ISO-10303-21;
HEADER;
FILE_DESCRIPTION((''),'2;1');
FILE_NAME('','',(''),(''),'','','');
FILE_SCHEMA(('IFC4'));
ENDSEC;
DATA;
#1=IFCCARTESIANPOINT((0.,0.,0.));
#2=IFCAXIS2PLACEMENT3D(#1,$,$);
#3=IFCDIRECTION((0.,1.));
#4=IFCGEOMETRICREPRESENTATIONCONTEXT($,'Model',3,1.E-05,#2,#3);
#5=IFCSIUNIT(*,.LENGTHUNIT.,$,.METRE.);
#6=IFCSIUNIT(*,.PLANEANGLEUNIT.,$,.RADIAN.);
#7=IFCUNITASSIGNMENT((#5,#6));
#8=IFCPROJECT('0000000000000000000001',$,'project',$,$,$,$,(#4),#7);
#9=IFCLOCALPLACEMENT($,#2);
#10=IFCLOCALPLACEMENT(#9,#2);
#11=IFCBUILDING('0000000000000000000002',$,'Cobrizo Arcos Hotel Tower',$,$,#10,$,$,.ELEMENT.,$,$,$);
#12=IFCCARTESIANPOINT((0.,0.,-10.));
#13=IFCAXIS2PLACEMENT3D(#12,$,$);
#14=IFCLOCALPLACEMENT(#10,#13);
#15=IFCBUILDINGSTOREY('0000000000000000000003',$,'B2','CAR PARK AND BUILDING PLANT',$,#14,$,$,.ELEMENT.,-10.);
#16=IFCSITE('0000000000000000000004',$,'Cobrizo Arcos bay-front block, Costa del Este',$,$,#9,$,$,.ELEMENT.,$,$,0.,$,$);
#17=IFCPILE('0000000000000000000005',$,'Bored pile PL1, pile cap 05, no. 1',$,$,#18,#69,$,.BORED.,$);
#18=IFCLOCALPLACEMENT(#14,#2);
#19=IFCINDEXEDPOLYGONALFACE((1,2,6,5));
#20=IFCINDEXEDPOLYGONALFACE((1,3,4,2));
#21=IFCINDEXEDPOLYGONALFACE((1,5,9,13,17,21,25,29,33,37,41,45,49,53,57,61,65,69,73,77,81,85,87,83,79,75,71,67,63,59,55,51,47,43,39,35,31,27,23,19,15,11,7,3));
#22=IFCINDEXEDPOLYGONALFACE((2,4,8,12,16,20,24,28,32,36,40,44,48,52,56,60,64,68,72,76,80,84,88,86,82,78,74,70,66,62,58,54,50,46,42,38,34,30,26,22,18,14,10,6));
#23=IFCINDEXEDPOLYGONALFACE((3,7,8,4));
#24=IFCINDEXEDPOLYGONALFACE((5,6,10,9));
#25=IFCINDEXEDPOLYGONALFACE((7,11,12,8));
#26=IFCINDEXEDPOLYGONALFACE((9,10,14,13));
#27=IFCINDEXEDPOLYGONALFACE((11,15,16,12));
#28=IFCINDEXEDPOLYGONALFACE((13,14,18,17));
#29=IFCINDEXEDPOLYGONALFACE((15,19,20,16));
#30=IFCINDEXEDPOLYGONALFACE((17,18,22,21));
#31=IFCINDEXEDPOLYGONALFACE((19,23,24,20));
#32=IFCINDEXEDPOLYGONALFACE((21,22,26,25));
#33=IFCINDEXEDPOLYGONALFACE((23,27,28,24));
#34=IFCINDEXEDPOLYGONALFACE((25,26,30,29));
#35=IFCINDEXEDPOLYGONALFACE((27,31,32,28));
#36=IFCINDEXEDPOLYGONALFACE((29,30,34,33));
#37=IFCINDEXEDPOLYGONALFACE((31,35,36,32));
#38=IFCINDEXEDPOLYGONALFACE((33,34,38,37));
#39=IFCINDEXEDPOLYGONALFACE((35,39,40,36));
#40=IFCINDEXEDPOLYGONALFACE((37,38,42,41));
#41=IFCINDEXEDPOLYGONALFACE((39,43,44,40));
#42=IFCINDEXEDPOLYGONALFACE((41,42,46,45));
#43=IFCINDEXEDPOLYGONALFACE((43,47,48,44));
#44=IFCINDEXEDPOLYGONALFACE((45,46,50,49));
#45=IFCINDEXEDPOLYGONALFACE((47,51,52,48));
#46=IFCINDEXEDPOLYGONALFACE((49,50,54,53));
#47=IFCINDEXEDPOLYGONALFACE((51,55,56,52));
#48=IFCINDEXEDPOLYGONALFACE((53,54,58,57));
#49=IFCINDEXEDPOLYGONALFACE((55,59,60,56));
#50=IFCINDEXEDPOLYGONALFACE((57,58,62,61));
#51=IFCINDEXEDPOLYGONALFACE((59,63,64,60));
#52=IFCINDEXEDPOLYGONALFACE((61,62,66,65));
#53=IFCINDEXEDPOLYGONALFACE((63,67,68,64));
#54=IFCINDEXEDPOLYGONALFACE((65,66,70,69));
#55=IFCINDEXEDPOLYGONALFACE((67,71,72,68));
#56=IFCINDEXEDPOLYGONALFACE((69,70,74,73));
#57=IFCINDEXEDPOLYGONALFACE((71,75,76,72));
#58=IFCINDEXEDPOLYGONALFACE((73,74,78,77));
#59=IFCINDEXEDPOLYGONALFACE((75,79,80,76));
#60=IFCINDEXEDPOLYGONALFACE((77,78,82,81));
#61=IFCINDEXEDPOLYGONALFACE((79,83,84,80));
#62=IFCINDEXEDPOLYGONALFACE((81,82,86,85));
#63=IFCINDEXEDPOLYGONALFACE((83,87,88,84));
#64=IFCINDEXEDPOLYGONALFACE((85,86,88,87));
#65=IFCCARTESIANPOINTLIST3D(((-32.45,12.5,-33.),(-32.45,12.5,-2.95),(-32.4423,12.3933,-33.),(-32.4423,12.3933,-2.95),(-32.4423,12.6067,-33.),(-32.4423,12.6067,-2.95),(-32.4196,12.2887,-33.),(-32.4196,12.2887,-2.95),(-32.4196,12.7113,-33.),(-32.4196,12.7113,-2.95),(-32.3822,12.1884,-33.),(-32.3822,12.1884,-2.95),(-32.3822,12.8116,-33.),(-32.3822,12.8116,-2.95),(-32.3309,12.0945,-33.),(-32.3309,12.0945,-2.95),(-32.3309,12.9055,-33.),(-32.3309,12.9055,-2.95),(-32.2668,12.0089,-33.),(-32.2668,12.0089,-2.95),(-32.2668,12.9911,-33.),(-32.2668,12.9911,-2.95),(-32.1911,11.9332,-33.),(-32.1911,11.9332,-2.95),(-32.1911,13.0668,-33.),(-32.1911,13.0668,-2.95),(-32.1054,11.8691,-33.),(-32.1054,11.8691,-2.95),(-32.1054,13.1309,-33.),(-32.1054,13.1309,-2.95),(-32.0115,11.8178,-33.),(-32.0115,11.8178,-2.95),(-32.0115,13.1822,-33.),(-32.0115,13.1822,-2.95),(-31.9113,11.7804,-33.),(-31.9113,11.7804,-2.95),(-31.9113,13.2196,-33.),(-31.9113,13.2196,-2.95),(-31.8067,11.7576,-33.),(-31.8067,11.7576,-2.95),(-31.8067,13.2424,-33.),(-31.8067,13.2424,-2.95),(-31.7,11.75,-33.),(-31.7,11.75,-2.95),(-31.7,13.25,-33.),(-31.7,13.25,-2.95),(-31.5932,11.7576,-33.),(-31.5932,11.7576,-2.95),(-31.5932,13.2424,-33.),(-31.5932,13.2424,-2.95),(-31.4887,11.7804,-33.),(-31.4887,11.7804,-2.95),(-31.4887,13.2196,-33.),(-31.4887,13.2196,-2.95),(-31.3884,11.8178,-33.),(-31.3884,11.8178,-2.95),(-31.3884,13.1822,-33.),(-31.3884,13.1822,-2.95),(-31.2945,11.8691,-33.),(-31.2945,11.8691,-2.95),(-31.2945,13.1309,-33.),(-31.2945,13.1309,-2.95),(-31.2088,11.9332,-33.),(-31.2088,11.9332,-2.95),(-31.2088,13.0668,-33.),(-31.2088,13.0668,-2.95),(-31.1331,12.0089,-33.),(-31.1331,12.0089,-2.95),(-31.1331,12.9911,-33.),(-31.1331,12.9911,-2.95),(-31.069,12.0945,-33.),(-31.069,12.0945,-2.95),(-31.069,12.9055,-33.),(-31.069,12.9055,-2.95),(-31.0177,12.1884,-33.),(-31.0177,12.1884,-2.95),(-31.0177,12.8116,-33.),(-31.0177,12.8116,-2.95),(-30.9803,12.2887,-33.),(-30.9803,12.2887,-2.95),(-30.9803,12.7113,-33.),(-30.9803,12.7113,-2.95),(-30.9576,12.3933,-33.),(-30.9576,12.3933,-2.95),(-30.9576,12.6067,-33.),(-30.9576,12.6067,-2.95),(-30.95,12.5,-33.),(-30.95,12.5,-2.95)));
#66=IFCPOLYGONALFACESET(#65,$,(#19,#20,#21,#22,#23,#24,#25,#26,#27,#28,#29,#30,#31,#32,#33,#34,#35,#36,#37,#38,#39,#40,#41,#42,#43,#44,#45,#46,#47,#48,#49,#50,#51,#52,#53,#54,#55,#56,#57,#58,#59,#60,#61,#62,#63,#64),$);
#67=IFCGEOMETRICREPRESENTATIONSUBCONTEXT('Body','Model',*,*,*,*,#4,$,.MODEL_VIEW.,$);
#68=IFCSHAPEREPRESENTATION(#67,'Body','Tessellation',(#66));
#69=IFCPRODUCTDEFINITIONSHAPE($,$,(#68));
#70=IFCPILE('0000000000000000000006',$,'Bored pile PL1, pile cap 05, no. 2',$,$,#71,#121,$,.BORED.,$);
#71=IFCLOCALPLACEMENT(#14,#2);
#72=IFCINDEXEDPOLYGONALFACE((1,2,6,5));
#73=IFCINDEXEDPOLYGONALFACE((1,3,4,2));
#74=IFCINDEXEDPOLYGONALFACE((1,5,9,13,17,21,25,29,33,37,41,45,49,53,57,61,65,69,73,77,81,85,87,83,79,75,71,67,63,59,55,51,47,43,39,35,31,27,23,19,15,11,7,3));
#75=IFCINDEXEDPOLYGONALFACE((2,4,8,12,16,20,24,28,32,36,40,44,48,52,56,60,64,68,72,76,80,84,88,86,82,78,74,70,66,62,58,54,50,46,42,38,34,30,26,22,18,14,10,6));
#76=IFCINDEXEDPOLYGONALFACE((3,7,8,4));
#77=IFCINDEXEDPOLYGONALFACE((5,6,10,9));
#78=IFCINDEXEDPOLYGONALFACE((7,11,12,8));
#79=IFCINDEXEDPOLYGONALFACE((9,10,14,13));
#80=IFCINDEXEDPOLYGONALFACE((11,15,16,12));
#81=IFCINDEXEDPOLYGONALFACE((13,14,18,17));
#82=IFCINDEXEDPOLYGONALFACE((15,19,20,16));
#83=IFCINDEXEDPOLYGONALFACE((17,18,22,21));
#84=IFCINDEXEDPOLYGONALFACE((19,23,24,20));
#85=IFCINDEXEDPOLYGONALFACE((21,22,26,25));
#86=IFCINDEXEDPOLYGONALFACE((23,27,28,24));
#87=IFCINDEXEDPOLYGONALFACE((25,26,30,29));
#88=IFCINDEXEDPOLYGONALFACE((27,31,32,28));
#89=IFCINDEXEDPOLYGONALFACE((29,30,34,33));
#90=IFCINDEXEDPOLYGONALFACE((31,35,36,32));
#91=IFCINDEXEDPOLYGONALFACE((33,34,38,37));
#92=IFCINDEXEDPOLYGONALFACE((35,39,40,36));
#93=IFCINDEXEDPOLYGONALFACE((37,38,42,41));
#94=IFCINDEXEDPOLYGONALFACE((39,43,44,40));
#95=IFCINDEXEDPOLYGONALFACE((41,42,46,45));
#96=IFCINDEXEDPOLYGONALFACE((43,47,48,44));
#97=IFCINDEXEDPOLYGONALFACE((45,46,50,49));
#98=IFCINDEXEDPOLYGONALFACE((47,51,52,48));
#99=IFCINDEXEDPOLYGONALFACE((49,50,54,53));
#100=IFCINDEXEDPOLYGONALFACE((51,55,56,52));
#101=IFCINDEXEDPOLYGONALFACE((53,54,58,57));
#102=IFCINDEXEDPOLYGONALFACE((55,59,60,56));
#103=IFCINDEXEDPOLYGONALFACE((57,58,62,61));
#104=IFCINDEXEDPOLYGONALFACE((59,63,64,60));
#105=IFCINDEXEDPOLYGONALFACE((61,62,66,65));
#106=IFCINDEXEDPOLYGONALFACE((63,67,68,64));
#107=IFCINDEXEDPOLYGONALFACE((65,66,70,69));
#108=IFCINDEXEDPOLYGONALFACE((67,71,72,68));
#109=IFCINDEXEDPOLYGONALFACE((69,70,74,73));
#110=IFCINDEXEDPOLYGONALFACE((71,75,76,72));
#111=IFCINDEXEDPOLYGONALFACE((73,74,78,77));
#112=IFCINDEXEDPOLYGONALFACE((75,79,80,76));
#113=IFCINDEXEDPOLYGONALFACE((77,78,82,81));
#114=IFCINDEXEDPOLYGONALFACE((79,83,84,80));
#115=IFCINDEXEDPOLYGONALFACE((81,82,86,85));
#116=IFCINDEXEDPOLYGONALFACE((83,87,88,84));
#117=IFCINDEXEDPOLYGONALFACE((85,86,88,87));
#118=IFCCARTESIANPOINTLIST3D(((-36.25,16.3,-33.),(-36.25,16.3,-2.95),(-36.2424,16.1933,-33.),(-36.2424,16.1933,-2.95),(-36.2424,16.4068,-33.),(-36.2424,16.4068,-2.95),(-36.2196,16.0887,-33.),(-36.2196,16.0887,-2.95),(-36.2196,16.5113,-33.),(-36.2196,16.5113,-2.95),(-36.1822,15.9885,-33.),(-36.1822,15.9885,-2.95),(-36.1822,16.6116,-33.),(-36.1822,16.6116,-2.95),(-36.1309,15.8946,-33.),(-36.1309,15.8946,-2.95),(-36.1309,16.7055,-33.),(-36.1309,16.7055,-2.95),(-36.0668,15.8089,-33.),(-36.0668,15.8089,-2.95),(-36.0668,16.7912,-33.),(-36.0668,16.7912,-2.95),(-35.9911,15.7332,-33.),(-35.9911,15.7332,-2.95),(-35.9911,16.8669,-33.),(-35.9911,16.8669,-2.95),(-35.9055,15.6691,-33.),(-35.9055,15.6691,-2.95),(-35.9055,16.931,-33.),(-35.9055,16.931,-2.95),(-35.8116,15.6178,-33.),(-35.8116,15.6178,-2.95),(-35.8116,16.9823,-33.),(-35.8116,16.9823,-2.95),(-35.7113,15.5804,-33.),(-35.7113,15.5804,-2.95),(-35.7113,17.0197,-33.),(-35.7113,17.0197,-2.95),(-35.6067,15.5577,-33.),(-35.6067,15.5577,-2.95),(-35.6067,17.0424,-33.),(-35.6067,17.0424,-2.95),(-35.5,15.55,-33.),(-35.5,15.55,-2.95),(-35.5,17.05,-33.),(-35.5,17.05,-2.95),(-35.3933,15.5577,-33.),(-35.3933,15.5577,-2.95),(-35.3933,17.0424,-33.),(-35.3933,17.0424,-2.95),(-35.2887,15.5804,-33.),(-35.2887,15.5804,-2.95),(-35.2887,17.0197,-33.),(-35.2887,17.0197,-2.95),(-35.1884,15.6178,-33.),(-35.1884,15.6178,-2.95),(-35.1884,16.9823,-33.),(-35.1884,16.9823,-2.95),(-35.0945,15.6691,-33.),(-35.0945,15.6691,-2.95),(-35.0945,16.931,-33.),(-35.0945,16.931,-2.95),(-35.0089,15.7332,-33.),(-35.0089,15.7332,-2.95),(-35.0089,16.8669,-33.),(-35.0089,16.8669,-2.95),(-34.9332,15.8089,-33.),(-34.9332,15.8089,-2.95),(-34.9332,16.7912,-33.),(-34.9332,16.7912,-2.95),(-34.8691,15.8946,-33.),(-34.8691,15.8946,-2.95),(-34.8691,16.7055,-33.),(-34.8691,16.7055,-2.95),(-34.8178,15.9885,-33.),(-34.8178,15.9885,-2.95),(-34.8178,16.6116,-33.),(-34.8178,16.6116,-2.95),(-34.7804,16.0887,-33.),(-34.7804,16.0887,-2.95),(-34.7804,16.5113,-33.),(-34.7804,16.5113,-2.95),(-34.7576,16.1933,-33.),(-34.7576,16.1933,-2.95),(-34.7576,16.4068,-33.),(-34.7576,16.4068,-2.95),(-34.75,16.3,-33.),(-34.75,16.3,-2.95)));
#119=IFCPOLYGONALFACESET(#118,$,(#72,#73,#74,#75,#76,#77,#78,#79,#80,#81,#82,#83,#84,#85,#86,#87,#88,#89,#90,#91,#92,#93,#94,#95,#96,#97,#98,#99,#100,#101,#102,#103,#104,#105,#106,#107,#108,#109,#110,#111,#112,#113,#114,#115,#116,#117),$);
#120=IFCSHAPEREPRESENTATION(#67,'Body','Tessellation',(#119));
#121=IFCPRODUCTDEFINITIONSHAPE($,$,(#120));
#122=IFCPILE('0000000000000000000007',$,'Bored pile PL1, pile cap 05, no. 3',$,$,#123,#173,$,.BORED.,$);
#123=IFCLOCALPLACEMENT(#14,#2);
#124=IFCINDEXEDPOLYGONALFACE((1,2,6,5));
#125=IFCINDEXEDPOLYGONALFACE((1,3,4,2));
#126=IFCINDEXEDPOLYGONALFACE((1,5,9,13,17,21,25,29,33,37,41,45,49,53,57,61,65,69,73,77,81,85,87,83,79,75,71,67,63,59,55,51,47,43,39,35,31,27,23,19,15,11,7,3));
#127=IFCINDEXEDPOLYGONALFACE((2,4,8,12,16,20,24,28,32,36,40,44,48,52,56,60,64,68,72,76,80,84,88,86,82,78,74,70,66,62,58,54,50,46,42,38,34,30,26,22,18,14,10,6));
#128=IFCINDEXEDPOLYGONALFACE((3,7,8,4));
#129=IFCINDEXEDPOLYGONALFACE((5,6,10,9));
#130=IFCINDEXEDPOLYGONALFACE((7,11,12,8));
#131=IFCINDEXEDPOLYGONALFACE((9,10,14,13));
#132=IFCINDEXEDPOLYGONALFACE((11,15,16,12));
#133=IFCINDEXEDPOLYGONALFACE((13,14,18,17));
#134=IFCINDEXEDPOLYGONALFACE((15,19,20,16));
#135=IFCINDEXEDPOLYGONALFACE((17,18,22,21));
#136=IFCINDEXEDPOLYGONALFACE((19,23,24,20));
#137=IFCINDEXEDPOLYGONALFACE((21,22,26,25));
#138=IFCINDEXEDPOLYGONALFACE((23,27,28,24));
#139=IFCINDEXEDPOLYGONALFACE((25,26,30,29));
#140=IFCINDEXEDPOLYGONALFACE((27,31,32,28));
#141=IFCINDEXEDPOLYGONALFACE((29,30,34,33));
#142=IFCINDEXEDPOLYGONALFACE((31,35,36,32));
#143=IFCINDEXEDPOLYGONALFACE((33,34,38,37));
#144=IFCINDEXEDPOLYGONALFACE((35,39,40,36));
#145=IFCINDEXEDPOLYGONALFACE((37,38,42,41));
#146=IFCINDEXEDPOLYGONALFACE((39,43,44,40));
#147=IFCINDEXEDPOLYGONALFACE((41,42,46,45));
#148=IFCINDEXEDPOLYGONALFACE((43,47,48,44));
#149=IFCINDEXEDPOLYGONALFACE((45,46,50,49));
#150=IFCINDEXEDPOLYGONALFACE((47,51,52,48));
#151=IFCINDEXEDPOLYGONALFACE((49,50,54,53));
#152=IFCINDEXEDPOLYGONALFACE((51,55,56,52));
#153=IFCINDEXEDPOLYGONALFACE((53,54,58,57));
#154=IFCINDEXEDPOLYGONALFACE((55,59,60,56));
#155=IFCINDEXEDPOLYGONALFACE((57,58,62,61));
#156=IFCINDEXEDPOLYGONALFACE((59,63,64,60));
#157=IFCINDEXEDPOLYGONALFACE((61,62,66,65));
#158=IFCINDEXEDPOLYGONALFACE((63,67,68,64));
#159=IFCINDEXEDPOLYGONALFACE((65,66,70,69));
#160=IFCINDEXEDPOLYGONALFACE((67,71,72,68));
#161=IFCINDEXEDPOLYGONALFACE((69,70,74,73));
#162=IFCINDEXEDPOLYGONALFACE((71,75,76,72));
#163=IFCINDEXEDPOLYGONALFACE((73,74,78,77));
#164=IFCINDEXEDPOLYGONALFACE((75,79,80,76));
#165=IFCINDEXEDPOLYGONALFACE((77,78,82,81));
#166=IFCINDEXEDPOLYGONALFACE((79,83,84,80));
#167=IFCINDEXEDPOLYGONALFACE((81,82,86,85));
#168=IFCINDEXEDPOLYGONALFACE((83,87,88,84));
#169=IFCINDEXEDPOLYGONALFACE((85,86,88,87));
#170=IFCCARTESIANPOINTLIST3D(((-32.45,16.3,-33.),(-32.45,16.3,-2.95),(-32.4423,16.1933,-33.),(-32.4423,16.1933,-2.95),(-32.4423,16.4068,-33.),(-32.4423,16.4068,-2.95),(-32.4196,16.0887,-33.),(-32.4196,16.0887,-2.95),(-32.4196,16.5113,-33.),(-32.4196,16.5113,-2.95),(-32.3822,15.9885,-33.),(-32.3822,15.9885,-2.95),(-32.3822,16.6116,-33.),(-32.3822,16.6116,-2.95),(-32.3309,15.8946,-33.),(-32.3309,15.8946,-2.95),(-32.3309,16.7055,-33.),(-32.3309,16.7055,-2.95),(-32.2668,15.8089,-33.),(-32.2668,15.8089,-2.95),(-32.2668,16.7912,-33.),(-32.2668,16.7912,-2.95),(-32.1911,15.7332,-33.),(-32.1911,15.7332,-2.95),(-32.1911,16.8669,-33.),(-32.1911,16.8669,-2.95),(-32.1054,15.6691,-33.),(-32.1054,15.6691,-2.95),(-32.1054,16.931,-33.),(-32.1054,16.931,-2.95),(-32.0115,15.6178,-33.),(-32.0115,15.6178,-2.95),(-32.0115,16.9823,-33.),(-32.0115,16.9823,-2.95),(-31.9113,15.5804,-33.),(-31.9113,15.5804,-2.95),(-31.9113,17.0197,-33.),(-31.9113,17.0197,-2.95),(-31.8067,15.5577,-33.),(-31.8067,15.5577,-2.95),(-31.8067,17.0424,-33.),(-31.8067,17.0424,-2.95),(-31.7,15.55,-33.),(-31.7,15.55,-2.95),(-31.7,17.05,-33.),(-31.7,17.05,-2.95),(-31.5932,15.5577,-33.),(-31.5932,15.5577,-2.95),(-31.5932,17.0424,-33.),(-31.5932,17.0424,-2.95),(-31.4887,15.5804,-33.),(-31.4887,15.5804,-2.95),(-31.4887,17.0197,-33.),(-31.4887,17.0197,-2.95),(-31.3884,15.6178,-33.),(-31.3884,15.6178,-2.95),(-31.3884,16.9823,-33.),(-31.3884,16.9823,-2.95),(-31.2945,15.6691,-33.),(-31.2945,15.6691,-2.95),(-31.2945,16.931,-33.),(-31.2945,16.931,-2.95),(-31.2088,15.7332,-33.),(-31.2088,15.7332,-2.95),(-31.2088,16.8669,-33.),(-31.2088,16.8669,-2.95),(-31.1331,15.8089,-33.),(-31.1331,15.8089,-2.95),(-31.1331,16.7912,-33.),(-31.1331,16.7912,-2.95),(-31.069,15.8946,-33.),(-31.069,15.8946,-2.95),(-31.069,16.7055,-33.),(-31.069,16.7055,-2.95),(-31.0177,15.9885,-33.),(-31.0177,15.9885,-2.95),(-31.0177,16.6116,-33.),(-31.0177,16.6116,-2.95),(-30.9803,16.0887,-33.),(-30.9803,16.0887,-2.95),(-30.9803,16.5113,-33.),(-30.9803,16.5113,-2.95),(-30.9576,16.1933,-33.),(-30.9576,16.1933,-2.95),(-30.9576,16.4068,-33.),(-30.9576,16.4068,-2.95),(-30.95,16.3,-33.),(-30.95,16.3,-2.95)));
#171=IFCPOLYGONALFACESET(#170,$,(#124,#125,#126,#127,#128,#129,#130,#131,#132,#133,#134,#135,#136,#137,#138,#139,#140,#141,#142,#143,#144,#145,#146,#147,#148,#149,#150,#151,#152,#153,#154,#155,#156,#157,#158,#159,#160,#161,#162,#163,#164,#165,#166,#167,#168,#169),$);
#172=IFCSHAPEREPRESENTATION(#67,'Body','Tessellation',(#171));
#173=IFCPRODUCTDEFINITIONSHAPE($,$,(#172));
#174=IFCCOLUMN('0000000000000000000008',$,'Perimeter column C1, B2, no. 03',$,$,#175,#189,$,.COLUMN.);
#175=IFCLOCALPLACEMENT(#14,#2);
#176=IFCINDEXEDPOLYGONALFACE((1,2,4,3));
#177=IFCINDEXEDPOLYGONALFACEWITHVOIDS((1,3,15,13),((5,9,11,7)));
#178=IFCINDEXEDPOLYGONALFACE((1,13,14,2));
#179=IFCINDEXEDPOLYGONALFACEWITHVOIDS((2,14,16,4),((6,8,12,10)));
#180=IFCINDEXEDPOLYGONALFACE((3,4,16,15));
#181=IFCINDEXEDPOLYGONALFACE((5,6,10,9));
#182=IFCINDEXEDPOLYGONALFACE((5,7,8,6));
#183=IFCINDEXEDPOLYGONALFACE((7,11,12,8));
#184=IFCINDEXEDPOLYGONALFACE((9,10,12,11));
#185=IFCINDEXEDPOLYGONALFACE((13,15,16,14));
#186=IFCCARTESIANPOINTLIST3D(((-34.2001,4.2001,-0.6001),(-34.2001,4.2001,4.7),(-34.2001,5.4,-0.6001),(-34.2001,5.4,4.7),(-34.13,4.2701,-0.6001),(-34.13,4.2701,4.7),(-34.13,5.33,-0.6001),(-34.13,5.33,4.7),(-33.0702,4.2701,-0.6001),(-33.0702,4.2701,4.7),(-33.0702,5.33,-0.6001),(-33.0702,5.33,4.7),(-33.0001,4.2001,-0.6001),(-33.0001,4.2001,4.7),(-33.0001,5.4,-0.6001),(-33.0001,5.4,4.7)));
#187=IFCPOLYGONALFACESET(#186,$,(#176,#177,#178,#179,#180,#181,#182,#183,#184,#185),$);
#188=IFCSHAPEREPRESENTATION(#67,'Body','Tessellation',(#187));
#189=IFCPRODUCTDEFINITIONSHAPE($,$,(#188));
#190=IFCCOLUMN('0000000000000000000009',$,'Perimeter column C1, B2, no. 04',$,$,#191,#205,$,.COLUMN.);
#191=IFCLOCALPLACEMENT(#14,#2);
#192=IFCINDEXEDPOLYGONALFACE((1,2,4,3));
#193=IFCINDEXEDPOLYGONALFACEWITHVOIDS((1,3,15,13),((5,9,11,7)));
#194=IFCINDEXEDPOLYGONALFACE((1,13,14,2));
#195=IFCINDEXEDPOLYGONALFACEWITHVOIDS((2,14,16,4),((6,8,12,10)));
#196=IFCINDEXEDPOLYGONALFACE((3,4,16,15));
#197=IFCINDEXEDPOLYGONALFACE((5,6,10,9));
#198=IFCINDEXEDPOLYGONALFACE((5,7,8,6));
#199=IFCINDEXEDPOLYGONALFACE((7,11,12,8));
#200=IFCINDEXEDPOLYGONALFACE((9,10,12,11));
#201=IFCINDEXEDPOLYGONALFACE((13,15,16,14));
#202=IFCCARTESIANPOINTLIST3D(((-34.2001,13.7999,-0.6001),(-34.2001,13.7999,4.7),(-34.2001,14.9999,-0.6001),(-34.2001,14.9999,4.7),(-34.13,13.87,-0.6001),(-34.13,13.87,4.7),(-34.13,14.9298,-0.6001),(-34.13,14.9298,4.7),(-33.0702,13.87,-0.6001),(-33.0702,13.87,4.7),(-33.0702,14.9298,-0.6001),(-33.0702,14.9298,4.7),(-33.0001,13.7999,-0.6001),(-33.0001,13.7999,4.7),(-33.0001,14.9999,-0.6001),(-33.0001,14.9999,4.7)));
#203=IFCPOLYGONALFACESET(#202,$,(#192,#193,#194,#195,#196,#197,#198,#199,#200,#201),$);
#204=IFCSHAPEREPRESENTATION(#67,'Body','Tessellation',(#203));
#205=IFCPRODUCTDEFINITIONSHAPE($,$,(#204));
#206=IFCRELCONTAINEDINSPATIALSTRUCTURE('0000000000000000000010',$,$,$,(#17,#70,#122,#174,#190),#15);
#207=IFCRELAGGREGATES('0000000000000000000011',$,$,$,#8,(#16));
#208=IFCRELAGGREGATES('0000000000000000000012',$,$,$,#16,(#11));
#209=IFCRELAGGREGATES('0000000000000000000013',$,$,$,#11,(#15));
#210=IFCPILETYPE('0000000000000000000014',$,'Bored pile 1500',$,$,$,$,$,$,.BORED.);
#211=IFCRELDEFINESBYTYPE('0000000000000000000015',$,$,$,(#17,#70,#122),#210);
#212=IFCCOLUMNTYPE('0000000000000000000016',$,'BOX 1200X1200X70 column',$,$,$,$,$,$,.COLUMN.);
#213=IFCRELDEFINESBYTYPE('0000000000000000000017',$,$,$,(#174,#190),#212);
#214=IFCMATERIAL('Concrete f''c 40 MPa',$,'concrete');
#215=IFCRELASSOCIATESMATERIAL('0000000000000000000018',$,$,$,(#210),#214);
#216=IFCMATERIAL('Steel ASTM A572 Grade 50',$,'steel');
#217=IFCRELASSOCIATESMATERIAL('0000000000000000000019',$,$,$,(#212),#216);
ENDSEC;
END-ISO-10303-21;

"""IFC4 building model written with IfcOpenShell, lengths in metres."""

from ifc_helpers import new_model, si_unit, direction, frame, origin, origin_2d, place, context, subcontext, project, spatial, hollow_rectangle, circle, extrude, material, material_profile, profile_set, type_object, element, save


model = new_model("IFC4")

# Units and contexts
model_context = context("Model", 3, precision=1e-05, world=origin(), true_north=direction((0.0, 1.0)))
body_context = subcontext(model_context, "Body", "Model", "MODEL_VIEW")
ifc_project = project(units=[si_unit("LENGTHUNIT", "METRE"), si_unit("PLANEANGLEUNIT", "RADIAN")], contexts=[model_context])

# Site, building, storey
site_placement = place(None, origin())
site = spatial("IfcSite", under=ifc_project, at=site_placement, Name="Cobrizo Arcos bay-front block, Costa del Este", CompositionType="ELEMENT", RefElevation=0.0)
building_placement = place(site_placement, origin())
building = spatial("IfcBuilding", under=site, at=building_placement, Name="Cobrizo Arcos Hotel Tower", CompositionType="ELEMENT")
storey_placement = place(building_placement, frame((0.0, 0.0, -10.0)))
storey = spatial("IfcBuildingStorey", under=building, at=storey_placement, Name="B2", Description="CAR PARK AND BUILDING PLANT", CompositionType="ELEMENT", Elevation=-10.0)

# Piles
ifc_material_1 = material(Name="Concrete f'c 40 MPa", Category="concrete")
ifc_material_profile_1 = material_profile(ifc_material_1, circle(Radius=0.75, at=origin_2d()), Name="BORED PILE 1500")
ifc_profile_set_1 = profile_set([ifc_material_profile_1], Name="Concrete f'c 40 MPa")
pile_type = type_object("IfcPileType", Name="Bored pile 1500", PredefinedType="BORED", material=ifc_profile_set_1)
for number, where, z_axis, x_axis, name in (
    (1, (-31.7, 12.5, -2.95), (0.0, 0.0, -1.0), (1.0, 0.0, 0.0), "Bored pile PL1, pile cap 05, no. 1"),
    (2, (-35.5, 16.3, -2.95), (0.0, 0.0, -1.0), (1.0, 0.0, 0.0), "Bored pile PL1, pile cap 05, no. 2"),
    (3, (-31.7, 16.3, -2.95), (0.0, 0.0, -1.0), (1.0, 0.0, 0.0), "Bored pile PL1, pile cap 05, no. 3"),
):
    element("IfcPile", number, at=place(storey_placement, frame(where, z_axis=z_axis, x_axis=x_axis)), inside=storey, type_object=pile_type, Name=name, PredefinedType="BORED", context=body_context, shape_type="SweptSolid", body=[
        extrude(circle(Radius=0.75, at=origin_2d()), origin(), (0.0, 0.0, 1.0), 30.05),
    ])

# Columns
ifc_material_2 = material(Name="Steel ASTM A572 Grade 50", Category="steel")
ifc_material_profile_2 = material_profile(ifc_material_2, hollow_rectangle(XDim=1.2, YDim=1.2, WallThickness=0.0701, at=origin_2d()), Name="BOX 1200X1200X70")
ifc_profile_set_2 = profile_set([ifc_material_profile_2], Name="Steel ASTM A572 Grade 50")
column_type = type_object("IfcColumnType", Name="BOX 1200X1200X70 column", PredefinedType="COLUMN", material=ifc_profile_set_2)
for number, where, z_axis, x_axis, name in (
    (4, (-33.6001, 4.8, -0.6001), (0.0, 0.0, 1.0), (1.0, 0.0, 0.0), "Perimeter column C1, B2, no. 03"),
    (5, (-33.6001, 14.3999, -0.6001), (0.0, 0.0, 1.0), (1.0, 0.0, 0.0), "Perimeter column C1, B2, no. 04"),
):
    element("IfcColumn", number, at=place(storey_placement, frame(where, z_axis=z_axis, x_axis=x_axis)), inside=storey, type_object=column_type, Name=name, PredefinedType="COLUMN", context=body_context, shape_type="SweptSolid", body=[
        extrude(hollow_rectangle(XDim=1.2, YDim=1.2, WallThickness=0.0701, at=origin_2d()), origin(), (0.0, 0.0, 1.0), 5.3),
    ])

save(model, "model.ifc")
